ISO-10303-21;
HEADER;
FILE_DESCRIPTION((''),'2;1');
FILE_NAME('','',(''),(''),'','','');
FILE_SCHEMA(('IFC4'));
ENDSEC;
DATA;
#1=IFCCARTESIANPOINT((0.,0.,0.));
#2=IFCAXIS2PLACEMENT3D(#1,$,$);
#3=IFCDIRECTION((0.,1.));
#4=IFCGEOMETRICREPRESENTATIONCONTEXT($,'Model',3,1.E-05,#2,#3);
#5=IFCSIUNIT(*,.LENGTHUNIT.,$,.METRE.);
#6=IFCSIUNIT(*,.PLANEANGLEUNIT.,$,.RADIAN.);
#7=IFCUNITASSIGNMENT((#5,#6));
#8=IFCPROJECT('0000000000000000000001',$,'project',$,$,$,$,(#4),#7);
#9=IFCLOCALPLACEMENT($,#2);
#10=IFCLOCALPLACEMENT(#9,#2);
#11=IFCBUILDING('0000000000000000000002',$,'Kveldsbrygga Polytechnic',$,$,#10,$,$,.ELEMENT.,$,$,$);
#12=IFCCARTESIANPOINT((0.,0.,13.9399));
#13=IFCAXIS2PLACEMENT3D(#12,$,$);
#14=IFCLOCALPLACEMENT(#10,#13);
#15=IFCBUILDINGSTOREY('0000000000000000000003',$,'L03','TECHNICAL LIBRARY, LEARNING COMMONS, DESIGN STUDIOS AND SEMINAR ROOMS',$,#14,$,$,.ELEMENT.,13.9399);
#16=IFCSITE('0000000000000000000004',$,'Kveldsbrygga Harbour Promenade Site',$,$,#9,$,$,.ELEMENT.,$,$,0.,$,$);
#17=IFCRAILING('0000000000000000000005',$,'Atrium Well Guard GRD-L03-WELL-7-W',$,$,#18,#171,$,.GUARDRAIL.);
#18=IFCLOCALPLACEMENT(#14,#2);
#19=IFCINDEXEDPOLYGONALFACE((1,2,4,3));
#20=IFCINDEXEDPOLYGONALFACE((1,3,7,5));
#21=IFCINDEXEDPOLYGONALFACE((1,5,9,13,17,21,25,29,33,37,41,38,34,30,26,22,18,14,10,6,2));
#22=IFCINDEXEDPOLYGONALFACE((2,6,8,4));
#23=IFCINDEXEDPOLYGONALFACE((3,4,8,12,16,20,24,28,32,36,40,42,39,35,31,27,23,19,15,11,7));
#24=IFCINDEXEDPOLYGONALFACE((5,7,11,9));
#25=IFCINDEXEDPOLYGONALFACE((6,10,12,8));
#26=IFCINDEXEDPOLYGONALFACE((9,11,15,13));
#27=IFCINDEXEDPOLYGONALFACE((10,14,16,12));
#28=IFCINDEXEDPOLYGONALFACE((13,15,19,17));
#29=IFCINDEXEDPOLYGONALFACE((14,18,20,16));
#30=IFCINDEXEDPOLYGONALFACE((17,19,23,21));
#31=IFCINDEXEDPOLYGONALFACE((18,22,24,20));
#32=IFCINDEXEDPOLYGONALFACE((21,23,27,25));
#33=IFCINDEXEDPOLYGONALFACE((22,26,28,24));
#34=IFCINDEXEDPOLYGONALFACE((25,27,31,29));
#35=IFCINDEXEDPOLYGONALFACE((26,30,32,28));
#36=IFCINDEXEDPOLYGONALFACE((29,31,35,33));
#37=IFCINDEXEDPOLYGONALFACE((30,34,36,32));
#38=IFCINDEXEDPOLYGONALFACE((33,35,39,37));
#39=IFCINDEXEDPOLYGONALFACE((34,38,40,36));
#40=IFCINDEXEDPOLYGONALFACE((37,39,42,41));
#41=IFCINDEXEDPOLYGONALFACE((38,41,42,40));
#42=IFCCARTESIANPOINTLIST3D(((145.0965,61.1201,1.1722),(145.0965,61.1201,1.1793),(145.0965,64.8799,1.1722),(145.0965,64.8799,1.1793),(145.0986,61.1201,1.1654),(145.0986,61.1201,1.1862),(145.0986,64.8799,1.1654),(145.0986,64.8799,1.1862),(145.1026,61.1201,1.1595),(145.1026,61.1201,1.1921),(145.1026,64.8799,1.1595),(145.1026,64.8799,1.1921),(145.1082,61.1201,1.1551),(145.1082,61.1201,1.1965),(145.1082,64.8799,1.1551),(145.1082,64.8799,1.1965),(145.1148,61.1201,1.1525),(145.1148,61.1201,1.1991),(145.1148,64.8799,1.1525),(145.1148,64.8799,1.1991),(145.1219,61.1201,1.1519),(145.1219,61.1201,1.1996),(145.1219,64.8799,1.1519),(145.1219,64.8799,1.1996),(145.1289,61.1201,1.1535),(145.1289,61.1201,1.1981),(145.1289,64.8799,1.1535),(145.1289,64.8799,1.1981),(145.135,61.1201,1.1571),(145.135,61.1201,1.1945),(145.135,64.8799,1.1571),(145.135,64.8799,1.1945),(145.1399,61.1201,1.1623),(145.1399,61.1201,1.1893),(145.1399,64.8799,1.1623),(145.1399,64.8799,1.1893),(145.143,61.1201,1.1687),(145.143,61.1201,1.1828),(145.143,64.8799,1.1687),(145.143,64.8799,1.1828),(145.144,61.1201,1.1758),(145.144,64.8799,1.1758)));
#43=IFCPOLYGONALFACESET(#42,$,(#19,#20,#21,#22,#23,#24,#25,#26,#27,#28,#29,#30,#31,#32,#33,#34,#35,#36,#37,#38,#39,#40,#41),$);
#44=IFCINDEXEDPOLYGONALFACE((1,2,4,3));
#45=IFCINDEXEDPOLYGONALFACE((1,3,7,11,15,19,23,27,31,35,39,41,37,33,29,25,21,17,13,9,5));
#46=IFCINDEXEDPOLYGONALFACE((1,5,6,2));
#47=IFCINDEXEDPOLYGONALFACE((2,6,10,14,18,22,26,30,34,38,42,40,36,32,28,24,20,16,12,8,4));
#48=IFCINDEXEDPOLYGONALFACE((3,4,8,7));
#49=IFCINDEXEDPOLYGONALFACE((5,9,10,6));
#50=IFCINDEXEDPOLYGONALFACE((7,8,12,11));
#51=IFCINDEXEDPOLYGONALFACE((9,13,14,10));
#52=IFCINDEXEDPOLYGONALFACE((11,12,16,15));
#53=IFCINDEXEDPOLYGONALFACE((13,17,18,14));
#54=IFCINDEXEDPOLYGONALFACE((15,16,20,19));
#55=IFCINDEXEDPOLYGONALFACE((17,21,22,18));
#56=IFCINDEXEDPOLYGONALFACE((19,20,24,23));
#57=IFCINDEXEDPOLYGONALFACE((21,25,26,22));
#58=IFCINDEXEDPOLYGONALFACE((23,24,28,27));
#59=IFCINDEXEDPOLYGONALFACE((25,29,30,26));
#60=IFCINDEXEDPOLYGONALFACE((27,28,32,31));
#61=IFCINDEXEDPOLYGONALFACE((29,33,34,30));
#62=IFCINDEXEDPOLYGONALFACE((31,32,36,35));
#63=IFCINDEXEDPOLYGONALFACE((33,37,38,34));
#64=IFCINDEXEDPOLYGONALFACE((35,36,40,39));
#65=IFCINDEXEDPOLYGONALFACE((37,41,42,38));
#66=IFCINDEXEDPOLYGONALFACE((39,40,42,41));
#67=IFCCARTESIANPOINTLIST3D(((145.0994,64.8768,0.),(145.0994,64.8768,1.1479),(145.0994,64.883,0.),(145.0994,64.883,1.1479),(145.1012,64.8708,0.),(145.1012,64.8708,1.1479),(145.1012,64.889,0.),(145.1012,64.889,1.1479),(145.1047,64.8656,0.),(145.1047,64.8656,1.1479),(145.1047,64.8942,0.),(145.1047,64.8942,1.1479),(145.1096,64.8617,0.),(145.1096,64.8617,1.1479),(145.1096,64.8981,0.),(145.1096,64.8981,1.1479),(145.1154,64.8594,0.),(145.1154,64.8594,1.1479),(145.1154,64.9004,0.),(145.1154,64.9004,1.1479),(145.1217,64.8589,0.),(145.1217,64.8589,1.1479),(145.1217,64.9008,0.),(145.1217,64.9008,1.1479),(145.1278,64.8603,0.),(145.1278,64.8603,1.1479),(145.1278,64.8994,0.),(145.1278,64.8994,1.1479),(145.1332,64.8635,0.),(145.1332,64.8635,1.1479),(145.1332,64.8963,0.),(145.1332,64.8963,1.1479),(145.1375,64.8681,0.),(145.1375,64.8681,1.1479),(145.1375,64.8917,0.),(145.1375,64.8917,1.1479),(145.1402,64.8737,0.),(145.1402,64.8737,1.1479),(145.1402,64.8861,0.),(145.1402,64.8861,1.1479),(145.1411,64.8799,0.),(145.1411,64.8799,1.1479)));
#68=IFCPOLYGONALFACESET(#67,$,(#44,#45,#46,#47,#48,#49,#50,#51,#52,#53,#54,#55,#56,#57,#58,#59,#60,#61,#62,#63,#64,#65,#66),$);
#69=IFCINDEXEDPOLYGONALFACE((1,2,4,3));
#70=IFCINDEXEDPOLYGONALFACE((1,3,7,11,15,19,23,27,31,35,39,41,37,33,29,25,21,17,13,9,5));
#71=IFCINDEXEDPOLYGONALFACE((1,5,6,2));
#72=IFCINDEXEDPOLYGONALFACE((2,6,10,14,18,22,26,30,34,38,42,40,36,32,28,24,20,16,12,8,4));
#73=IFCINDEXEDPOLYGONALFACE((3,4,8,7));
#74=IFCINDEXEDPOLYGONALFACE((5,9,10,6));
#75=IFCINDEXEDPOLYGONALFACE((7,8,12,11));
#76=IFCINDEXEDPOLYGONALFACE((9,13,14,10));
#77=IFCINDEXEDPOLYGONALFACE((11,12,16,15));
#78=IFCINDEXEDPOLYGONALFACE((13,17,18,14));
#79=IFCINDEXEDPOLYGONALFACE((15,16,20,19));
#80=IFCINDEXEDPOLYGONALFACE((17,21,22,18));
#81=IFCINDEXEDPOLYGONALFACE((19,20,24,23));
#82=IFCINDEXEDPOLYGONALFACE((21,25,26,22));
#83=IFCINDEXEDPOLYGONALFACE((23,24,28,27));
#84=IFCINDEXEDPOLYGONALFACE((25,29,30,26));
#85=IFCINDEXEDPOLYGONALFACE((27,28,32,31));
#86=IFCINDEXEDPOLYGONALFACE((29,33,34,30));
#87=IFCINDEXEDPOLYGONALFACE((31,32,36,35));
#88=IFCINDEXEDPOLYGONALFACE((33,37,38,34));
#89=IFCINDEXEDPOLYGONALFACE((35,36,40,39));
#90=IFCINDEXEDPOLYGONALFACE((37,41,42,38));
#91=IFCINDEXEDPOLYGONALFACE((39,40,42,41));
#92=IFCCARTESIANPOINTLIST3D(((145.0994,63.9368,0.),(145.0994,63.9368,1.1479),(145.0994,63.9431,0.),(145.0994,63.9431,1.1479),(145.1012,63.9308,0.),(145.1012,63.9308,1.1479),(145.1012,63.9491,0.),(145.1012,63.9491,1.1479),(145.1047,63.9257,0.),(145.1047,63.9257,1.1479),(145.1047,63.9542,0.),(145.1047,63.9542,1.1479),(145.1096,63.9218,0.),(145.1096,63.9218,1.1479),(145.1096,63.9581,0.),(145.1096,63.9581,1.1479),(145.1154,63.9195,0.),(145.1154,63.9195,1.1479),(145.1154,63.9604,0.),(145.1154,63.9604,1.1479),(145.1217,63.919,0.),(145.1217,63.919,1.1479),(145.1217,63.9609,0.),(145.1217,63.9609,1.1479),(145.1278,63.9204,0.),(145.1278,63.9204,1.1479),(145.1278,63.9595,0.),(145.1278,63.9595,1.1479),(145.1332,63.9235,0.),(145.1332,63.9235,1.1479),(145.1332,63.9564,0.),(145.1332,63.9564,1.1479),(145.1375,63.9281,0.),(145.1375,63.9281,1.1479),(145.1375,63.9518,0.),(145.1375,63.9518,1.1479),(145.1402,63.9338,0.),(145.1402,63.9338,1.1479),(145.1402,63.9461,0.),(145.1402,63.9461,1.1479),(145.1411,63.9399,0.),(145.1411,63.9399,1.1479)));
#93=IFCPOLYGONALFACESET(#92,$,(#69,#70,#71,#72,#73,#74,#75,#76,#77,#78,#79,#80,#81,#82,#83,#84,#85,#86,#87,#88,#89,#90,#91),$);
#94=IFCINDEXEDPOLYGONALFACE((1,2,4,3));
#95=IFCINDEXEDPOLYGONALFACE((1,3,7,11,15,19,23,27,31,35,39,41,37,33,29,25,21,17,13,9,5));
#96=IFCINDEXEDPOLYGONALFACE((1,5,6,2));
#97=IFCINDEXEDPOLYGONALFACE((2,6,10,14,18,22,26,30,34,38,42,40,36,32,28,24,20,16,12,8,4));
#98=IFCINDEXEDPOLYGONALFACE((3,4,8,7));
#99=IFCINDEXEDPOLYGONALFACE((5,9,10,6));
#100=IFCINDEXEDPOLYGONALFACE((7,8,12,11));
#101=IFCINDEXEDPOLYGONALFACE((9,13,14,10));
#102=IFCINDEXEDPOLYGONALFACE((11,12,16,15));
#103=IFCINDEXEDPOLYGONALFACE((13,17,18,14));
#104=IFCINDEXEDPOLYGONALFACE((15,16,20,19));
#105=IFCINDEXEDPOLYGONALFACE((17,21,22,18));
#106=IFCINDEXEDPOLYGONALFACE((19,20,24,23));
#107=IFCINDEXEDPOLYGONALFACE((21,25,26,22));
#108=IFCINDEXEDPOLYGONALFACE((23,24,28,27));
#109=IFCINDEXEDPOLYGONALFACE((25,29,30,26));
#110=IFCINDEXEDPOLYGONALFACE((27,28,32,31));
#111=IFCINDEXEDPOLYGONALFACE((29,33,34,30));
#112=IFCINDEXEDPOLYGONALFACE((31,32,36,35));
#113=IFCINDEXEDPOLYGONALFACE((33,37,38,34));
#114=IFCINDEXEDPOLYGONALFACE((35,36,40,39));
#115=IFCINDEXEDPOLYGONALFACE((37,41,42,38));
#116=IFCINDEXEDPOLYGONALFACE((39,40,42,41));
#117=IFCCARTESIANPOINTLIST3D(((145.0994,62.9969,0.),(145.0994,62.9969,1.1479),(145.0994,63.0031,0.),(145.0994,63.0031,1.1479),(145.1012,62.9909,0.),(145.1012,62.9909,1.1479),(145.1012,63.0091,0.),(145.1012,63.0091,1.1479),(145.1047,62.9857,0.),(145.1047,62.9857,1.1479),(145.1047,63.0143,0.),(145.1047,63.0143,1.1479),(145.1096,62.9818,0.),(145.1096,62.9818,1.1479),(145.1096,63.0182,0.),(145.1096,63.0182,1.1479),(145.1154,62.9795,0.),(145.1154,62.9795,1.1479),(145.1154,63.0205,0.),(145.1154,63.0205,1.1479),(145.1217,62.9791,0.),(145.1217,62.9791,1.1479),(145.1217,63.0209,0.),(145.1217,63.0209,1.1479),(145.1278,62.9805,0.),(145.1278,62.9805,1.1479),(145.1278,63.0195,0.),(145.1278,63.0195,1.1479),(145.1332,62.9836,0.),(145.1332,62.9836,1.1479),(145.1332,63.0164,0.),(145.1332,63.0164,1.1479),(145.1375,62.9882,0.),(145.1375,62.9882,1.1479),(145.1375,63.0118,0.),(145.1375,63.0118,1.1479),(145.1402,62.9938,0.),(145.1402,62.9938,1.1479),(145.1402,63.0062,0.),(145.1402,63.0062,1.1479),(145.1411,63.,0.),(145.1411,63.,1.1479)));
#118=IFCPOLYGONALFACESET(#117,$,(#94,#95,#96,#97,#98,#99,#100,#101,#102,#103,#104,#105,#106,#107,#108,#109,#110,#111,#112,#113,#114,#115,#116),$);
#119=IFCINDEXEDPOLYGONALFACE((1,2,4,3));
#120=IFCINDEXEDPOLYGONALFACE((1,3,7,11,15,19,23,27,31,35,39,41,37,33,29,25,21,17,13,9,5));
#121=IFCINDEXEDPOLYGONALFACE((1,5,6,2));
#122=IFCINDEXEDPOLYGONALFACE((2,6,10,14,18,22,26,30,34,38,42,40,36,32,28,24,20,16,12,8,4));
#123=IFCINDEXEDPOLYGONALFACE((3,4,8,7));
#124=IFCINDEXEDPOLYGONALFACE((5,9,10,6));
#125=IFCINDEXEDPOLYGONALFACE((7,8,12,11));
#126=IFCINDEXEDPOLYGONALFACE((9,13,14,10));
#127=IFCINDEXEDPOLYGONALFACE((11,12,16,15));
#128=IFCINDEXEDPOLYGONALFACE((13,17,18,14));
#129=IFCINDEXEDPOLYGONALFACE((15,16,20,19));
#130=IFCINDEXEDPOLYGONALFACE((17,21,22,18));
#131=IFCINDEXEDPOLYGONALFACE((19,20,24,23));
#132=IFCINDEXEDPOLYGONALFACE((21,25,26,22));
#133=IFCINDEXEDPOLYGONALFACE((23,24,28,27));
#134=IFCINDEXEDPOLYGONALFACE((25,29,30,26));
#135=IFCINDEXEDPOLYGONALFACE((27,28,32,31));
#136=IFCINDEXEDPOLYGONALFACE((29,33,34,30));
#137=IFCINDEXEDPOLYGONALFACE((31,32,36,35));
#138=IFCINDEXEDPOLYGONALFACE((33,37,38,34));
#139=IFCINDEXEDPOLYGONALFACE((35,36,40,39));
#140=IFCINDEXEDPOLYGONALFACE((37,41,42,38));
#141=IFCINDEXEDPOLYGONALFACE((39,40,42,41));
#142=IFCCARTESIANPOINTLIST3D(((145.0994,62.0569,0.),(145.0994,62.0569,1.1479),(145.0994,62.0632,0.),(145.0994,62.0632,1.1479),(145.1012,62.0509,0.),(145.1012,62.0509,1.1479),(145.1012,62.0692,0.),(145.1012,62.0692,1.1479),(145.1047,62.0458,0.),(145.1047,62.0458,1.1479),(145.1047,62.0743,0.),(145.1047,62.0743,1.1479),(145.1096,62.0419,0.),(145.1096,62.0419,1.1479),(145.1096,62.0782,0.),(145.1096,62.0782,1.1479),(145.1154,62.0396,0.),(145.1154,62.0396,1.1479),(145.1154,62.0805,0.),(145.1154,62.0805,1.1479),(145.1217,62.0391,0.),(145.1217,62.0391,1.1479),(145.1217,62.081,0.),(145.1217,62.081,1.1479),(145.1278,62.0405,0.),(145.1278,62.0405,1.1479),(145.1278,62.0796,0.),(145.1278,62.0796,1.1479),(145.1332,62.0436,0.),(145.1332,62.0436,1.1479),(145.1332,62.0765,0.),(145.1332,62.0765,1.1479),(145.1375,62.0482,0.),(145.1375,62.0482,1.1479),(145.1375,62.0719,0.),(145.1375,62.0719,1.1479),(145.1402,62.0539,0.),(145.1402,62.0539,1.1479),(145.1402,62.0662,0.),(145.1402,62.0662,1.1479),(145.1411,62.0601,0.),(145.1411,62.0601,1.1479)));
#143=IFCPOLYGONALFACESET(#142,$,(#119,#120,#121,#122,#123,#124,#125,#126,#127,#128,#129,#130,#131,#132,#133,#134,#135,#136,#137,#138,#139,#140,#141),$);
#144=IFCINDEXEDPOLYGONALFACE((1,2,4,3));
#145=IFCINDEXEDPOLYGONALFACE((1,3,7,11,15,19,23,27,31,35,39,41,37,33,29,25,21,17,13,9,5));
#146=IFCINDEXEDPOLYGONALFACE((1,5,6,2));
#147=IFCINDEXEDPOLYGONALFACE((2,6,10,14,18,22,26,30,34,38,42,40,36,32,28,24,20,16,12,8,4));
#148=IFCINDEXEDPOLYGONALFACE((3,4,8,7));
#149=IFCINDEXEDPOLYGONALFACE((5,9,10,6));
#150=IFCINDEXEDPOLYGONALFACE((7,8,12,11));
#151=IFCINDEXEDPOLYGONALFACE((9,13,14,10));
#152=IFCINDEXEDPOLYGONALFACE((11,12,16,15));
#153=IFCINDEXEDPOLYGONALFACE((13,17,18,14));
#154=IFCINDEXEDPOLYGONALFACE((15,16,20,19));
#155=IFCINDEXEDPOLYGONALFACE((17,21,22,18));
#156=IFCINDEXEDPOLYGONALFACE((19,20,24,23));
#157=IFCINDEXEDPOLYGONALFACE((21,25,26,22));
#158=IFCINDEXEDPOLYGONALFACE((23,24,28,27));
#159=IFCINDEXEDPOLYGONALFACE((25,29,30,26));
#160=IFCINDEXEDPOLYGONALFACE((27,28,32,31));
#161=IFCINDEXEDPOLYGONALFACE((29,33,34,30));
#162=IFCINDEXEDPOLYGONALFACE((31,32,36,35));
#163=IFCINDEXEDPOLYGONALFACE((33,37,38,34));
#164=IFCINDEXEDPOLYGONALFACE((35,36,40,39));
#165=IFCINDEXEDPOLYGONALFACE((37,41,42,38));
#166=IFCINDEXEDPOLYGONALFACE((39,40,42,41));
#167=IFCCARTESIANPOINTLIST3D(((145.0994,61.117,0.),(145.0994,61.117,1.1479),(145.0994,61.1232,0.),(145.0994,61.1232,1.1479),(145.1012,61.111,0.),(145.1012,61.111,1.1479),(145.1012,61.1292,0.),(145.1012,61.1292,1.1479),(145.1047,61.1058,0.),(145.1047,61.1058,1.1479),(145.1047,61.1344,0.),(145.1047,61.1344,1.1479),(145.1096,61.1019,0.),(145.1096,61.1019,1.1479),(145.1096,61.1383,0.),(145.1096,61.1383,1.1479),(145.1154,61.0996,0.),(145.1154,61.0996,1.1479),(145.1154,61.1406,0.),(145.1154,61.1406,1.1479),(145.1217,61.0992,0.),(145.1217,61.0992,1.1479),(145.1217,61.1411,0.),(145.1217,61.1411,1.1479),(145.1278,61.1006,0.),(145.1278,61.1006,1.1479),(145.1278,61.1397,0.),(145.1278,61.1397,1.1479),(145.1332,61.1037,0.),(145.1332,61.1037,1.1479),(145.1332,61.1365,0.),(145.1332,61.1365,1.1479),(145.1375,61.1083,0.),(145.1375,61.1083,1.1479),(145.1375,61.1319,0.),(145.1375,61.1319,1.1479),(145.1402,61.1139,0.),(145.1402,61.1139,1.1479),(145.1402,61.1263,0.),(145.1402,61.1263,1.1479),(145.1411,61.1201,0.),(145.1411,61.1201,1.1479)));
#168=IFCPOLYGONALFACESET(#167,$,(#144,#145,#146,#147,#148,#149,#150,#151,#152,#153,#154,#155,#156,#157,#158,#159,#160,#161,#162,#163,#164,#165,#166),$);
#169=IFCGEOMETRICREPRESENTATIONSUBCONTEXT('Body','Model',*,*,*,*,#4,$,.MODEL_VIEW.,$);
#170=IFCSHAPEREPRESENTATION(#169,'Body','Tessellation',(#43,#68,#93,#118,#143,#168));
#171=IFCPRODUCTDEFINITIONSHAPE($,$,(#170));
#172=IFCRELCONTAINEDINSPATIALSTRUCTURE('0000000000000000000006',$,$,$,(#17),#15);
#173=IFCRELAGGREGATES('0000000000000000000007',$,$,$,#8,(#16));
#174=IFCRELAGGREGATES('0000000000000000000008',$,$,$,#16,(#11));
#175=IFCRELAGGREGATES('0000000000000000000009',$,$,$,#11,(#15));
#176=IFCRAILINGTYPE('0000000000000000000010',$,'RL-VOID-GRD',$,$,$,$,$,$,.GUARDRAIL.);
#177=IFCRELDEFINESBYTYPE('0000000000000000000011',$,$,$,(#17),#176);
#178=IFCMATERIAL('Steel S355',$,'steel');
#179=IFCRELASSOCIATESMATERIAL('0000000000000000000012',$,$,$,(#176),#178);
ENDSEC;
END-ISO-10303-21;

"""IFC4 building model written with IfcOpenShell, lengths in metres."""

from ifc_helpers import new_model, si_unit, direction, frame, origin, origin_2d, place, context, subcontext, project, spatial, circle, extrude, material, type_object, element, save


model = new_model("IFC4")

# Units and contexts
model_context = context("Model", 3, precision=1e-05, world=origin(), true_north=direction((0.0, 1.0)))
body_context = subcontext(model_context, "Body", "Model", "MODEL_VIEW")
ifc_project = project(units=[si_unit("LENGTHUNIT", "METRE"), si_unit("PLANEANGLEUNIT", "RADIAN")], contexts=[model_context])

# Site, building, storey
site_placement = place(None, origin())
site = spatial("IfcSite", under=ifc_project, at=site_placement, Name="Kveldsbrygga Harbour Promenade Site", CompositionType="ELEMENT", RefElevation=0.0)
building_placement = place(site_placement, origin())
building = spatial("IfcBuilding", under=site, at=building_placement, Name="Kveldsbrygga Polytechnic", CompositionType="ELEMENT")
storey_placement = place(building_placement, frame((0.0, 0.0, 13.9399)))
storey = spatial("IfcBuildingStorey", under=building, at=storey_placement, Name="L03", Description="TECHNICAL LIBRARY, LEARNING COMMONS, DESIGN STUDIOS AND SEMINAR ROOMS", CompositionType="ELEMENT", Elevation=13.9399)

# Shared definitions
ifc_material_1 = material(Name="Steel S355", Category="steel")

# Railing
railing_type = type_object("IfcRailingType", Name="RL-VOID-GRD", PredefinedType="GUARDRAIL", material=ifc_material_1)
railing_1_placement = place(storey_placement, frame((145.1201, 64.8799, 0.0)))
element("IfcRailing", 1, at=railing_1_placement, inside=storey, type_object=railing_type, Name="Atrium Well Guard GRD-L03-WELL-7-W", PredefinedType="GUARDRAIL", context=body_context, shape_type="SweptSolid", body=[
    extrude(circle(Radius=0.0239, at=origin_2d()), frame((0.0, 0.0, 1.1758), z_axis=(0.0, -1.0, 0.0), x_axis=(1.0, 0.0, 0.0)), (0.0, 0.0, 1.0), 3.7598),
    extrude(circle(Radius=0.021, at=origin_2d()), origin(), (0.0, 0.0, 1.0), 1.1479),
    extrude(circle(Radius=0.021, at=origin_2d()), frame((0.0, -0.9399, 0.0)), (0.0, 0.0, 1.0), 1.1479),
    extrude(circle(Radius=0.021, at=origin_2d()), frame((0.0, -1.8799, 0.0)), (0.0, 0.0, 1.0), 1.1479),
    extrude(circle(Radius=0.021, at=origin_2d()), frame((0.0, -2.8198, 0.0)), (0.0, 0.0, 1.0), 1.1479),
    extrude(circle(Radius=0.021, at=origin_2d()), frame((0.0, -3.7598, 0.0)), (0.0, 0.0, 1.0), 1.1479),
])

save(model, "model.ifc")
